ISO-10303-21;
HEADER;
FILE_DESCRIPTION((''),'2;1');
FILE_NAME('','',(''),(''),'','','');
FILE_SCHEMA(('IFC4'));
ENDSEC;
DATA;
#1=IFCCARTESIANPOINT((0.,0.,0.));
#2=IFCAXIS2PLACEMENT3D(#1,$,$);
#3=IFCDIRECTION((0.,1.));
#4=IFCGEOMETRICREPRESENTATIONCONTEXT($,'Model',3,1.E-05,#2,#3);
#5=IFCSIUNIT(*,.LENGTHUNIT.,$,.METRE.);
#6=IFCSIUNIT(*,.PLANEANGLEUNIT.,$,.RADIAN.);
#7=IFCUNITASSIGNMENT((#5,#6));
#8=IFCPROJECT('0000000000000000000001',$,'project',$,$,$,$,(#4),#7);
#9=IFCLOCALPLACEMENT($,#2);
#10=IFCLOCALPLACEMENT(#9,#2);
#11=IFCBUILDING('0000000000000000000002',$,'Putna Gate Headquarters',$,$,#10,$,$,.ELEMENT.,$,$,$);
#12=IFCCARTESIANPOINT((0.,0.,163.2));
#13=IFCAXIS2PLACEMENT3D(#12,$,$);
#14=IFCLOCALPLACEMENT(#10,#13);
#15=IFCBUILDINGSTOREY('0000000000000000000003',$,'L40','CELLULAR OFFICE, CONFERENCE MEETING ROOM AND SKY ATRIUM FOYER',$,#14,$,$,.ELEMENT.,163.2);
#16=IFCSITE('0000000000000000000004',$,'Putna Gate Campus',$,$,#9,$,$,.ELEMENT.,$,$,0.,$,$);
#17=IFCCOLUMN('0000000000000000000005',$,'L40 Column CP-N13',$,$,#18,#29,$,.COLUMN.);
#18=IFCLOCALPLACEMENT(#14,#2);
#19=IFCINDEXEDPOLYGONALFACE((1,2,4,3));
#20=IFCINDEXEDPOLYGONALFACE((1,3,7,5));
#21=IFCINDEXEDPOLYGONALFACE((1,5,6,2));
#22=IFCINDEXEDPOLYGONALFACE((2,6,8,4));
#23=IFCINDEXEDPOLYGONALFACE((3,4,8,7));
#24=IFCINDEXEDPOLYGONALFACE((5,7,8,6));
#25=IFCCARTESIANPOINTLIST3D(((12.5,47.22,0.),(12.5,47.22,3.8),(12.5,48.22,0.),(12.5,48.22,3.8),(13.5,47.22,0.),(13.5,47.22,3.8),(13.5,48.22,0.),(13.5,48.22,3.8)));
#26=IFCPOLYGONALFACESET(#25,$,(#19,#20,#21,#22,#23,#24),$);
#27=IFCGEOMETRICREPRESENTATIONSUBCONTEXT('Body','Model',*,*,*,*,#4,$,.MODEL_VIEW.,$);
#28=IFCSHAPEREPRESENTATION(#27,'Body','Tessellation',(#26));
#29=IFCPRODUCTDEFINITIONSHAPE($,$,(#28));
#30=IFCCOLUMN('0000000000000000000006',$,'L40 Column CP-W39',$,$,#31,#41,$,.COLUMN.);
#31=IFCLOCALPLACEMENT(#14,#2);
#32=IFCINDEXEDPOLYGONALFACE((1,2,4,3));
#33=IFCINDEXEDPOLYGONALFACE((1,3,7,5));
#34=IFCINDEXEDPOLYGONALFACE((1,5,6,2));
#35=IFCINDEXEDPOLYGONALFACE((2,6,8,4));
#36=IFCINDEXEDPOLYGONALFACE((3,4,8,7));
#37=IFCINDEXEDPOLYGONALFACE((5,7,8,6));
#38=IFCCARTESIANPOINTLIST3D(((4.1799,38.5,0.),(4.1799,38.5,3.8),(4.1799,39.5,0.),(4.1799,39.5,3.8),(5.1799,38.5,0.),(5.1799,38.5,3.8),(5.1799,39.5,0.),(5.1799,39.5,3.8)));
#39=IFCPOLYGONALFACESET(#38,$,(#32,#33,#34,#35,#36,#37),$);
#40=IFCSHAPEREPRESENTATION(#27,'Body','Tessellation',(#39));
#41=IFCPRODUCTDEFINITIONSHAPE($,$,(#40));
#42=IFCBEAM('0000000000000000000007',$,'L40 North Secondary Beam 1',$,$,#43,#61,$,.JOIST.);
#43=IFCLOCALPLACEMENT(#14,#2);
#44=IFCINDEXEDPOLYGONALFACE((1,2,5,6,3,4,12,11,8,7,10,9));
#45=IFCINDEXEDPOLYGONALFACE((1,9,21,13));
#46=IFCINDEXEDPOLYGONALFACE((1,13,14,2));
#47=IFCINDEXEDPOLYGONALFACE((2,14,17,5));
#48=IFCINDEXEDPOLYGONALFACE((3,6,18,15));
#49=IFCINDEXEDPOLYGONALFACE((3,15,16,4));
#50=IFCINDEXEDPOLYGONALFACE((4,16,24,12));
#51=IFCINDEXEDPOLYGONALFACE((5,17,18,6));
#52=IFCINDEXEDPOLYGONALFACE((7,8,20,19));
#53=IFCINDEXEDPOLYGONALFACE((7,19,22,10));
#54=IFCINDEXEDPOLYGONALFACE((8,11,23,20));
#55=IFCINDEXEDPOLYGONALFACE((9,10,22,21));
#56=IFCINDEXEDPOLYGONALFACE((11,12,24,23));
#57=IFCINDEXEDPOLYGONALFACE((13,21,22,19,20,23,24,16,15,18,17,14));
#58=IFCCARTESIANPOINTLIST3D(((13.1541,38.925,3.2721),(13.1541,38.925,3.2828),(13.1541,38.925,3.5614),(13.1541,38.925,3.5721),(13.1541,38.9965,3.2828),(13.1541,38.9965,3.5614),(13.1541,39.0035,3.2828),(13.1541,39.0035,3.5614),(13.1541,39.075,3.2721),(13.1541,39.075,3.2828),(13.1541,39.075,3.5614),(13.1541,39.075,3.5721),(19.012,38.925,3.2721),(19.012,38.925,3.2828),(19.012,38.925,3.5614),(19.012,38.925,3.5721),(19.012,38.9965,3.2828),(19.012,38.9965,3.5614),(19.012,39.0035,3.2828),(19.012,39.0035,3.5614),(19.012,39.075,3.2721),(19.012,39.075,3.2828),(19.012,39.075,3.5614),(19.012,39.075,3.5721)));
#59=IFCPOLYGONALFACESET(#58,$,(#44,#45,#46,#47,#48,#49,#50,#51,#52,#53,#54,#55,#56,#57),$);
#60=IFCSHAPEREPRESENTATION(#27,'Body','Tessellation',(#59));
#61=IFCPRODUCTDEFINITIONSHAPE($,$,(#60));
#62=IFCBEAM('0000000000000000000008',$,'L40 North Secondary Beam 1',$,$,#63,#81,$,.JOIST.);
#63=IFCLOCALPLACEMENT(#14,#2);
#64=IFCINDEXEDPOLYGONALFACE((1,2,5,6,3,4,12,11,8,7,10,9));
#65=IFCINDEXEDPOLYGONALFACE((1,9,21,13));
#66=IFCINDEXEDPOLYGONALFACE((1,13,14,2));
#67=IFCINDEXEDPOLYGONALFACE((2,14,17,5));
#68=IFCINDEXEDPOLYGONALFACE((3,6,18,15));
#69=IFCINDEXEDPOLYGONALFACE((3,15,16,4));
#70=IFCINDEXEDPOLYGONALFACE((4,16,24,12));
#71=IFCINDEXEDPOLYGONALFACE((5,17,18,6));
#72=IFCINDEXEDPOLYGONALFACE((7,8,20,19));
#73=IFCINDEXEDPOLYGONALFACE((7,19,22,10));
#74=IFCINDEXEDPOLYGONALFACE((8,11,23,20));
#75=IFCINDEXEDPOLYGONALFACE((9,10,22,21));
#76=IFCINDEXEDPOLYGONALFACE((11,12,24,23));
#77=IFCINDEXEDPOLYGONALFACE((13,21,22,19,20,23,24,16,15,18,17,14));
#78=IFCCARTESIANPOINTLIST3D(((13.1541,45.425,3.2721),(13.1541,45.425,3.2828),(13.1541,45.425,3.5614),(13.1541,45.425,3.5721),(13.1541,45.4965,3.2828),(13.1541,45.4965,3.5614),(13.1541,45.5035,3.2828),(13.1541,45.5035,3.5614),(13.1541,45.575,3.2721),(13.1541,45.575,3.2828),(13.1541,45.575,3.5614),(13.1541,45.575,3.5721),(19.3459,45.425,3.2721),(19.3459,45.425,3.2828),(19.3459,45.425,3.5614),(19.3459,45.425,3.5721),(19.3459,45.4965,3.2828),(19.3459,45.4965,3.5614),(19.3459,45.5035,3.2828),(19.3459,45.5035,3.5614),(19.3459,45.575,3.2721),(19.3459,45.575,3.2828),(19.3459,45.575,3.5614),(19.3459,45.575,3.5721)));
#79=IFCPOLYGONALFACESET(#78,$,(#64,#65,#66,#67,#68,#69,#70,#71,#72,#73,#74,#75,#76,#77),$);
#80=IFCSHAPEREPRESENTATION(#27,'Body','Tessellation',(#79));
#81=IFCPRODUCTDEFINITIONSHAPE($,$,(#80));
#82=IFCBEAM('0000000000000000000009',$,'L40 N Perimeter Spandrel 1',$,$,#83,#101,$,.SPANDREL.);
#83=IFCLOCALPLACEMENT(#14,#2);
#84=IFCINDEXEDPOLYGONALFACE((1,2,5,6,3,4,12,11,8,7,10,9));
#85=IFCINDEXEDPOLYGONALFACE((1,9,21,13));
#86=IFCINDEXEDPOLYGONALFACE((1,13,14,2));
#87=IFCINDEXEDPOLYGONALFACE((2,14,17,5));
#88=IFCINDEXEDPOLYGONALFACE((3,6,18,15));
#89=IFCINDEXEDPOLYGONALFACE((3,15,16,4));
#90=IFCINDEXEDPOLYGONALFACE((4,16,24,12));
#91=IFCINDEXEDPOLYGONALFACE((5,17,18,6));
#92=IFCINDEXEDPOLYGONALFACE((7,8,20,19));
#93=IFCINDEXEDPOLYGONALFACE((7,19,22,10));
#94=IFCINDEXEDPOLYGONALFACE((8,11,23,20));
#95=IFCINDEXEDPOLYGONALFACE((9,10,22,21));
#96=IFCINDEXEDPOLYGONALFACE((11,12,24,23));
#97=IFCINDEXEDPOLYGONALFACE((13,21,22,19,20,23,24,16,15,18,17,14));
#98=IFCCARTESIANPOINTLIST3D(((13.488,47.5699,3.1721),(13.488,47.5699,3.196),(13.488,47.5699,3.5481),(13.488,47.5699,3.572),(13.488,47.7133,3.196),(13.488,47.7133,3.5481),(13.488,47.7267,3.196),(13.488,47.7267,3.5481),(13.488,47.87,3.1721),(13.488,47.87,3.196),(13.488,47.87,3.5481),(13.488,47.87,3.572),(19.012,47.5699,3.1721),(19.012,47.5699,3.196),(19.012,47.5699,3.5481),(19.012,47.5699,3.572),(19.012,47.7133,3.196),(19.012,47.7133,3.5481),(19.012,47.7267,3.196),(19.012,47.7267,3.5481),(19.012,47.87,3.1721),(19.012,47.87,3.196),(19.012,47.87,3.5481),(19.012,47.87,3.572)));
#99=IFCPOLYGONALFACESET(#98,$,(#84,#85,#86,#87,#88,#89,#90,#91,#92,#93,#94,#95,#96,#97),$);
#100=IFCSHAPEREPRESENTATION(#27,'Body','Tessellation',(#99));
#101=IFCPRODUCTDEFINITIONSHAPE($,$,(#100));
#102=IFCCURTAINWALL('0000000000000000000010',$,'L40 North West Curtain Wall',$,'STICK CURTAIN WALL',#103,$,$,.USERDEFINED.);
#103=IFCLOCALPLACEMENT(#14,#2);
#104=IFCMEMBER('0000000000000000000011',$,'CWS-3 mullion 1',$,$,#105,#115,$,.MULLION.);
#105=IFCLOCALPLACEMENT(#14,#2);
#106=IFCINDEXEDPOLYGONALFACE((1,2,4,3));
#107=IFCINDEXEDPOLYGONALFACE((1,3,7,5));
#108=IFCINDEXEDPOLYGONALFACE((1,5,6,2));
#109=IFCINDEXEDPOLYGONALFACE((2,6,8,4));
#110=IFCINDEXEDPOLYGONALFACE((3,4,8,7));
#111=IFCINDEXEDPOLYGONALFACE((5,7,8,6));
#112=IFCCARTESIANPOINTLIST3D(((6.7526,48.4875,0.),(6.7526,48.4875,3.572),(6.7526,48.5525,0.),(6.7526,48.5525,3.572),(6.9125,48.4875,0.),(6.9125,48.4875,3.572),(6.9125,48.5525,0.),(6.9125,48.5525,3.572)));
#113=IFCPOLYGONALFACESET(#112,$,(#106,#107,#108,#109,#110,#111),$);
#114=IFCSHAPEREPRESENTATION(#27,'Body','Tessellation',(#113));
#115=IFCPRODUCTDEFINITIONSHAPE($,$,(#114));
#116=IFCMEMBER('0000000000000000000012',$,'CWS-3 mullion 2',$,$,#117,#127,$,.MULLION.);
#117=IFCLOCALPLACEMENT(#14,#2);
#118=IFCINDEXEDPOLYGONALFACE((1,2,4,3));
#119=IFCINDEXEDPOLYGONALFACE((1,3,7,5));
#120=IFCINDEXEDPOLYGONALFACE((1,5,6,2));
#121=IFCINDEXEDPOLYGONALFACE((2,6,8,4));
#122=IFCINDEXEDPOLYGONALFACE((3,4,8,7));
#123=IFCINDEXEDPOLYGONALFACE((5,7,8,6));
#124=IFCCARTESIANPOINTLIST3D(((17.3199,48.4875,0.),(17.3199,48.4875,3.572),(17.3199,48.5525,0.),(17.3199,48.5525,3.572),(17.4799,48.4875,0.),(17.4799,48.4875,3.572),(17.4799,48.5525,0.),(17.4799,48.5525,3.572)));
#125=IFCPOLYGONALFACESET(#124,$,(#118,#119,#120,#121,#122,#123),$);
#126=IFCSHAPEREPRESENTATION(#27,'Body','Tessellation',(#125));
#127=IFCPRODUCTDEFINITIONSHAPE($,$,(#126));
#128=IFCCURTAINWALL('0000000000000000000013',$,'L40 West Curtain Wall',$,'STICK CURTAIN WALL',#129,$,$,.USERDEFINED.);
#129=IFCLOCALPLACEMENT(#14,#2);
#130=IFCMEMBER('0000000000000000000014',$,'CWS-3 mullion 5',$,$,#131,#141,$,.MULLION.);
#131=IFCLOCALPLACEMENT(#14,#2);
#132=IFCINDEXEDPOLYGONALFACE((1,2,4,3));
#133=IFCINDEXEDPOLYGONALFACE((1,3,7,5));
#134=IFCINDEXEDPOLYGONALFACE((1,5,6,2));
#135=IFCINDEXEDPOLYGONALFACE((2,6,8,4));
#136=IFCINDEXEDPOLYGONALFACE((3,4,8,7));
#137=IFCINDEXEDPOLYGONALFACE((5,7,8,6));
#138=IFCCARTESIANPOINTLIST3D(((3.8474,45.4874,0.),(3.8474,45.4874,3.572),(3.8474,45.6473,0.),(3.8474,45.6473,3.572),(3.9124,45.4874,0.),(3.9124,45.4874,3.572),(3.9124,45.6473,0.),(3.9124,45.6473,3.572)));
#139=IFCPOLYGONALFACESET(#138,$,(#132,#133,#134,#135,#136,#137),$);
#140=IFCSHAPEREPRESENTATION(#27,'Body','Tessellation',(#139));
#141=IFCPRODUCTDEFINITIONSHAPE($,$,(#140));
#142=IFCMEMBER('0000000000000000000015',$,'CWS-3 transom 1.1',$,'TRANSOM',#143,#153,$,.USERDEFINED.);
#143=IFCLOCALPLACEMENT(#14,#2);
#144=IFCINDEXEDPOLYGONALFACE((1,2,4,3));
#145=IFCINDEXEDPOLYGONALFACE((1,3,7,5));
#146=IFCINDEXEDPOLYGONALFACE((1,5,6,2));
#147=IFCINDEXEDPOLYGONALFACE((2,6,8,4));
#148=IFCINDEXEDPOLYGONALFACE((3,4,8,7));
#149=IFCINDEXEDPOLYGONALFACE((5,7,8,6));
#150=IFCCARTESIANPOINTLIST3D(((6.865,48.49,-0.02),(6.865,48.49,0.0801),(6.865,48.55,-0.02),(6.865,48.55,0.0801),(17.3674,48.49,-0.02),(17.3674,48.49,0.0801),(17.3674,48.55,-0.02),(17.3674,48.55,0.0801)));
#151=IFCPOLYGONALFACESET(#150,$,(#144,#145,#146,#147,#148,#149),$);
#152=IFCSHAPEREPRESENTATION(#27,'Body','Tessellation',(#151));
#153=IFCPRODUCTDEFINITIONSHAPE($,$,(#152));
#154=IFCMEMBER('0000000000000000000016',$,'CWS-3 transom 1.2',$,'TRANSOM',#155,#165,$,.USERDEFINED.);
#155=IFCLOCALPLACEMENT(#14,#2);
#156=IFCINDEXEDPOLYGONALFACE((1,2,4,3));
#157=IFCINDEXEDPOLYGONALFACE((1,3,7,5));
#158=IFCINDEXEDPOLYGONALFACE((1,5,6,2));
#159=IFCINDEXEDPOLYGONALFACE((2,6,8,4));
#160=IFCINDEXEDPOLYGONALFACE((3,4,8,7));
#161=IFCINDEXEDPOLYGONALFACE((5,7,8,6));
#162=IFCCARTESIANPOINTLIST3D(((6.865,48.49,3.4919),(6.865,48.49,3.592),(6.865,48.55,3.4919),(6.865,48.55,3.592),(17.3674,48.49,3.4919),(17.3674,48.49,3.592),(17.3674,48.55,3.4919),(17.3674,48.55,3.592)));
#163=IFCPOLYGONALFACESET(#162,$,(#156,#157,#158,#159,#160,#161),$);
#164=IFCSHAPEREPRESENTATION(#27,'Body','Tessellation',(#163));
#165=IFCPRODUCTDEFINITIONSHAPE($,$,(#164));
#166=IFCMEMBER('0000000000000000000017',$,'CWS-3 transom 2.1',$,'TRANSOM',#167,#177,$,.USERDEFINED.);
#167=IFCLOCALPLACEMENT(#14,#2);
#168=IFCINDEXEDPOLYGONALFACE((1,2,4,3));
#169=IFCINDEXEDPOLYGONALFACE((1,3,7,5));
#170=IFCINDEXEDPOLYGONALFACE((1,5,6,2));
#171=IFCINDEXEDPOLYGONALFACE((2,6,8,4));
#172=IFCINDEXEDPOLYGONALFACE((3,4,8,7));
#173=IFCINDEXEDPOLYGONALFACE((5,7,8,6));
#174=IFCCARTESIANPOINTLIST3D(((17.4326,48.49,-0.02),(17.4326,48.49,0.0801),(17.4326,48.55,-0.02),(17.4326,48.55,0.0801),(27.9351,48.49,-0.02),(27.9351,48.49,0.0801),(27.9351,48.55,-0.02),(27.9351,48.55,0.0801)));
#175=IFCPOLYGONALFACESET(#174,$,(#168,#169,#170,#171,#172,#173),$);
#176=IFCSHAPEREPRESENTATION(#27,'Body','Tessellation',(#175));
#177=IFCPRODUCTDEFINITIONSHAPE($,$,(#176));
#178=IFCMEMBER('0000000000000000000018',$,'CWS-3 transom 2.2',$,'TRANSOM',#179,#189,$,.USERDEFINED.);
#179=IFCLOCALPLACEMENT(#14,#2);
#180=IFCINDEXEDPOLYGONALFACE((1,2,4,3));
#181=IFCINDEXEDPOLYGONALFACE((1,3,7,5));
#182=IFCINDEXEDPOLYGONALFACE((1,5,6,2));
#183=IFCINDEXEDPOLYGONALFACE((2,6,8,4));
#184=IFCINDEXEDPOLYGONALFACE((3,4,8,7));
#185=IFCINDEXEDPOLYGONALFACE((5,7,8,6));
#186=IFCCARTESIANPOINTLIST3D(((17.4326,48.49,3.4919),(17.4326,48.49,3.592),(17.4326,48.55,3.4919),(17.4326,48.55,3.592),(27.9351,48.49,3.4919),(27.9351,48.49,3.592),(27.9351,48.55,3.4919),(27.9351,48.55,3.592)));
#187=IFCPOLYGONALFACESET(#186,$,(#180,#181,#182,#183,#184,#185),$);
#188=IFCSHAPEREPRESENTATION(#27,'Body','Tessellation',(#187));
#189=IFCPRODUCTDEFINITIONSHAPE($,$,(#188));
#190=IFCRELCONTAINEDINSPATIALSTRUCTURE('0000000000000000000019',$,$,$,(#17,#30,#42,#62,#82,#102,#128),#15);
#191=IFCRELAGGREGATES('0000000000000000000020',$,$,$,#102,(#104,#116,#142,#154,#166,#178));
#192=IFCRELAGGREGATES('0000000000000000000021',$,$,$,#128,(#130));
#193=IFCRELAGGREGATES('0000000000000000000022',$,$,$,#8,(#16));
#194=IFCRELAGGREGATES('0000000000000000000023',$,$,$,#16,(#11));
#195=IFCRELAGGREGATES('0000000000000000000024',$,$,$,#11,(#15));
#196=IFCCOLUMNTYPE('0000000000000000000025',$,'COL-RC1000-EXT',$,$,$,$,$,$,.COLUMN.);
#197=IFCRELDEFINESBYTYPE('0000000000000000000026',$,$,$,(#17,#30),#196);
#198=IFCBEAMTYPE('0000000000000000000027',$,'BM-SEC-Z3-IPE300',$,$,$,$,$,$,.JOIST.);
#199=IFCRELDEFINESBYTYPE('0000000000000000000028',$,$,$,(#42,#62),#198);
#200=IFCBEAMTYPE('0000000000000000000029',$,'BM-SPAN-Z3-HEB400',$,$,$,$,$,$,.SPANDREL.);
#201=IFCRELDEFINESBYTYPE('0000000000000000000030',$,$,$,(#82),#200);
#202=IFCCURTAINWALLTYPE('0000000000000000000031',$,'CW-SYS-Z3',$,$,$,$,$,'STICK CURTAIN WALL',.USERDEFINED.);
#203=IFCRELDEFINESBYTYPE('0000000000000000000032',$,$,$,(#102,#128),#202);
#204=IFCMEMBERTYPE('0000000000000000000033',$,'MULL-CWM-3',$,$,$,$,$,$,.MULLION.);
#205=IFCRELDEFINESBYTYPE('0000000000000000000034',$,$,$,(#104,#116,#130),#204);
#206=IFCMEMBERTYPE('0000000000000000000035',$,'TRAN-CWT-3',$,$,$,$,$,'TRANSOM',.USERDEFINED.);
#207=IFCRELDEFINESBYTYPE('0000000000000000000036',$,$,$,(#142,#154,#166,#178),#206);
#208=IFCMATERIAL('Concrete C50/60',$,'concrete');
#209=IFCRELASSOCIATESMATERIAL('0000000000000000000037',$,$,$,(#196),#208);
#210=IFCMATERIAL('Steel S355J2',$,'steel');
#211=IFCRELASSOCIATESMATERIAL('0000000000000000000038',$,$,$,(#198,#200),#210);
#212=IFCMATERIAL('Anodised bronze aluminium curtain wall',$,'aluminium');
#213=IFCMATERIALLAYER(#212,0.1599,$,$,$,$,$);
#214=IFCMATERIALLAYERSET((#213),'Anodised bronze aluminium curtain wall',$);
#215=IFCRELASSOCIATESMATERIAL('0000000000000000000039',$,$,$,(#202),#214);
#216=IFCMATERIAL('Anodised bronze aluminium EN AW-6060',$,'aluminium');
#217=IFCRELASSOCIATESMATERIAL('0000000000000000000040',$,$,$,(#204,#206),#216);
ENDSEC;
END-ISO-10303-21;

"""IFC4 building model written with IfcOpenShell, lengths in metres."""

from ifc_helpers import new_model, si_unit, direction, frame, origin, origin_2d, place, context, subcontext, project, spatial, rectangle, i_section, extrude, material, layer, layer_set, material_profile, profile_set, type_object, element, aggregate, save


model = new_model("IFC4")

# Units and contexts
model_context = context("Model", 3, precision=1e-05, world=origin(), true_north=direction((0.0, 1.0)))
body_context = subcontext(model_context, "Body", "Model", "MODEL_VIEW")
ifc_project = project(units=[si_unit("LENGTHUNIT", "METRE"), si_unit("PLANEANGLEUNIT", "RADIAN")], contexts=[model_context])

# Site, building, storey
site_placement = place(None, origin())
site = spatial("IfcSite", under=ifc_project, at=site_placement, Name="Putna Gate Campus", CompositionType="ELEMENT", RefElevation=0.0)
building_placement = place(site_placement, origin())
building = spatial("IfcBuilding", under=site, at=building_placement, Name="Putna Gate Headquarters", CompositionType="ELEMENT")
storey_placement = place(building_placement, frame((0.0, 0.0, 163.2)))
storey = spatial("IfcBuildingStorey", under=building, at=storey_placement, Name="L40", Description="CELLULAR OFFICE, CONFERENCE MEETING ROOM AND SKY ATRIUM FOYER", CompositionType="ELEMENT", Elevation=163.2)

# Columns
ifc_material_1 = material(Name="Concrete C50/60", Category="concrete")
ifc_material_profile_1 = material_profile(ifc_material_1, rectangle(XDim=1.0, YDim=1.0, at=origin_2d()), Name="Concrete C50/60")
ifc_profile_set_1 = profile_set([ifc_material_profile_1], Name="Concrete C50/60")
column_type = type_object("IfcColumnType", Name="COL-RC1000-EXT", PredefinedType="COLUMN", material=ifc_profile_set_1)
for number, where, z_axis, x_axis, name in (
    (1, (13.0, 47.72, 0.0), (0.0, 0.0, 1.0), (1.0, 0.0, 0.0), "L40 Column CP-N13"),
    (2, (4.6799, 39.0, 0.0), (0.0, 0.0, 1.0), (1.0, 0.0, 0.0), "L40 Column CP-W39"),
):
    element("IfcColumn", number, at=place(storey_placement, frame(where, z_axis=z_axis, x_axis=x_axis)), inside=storey, type_object=column_type, Name=name, PredefinedType="COLUMN", context=body_context, shape_type="SweptSolid", body=[
        extrude(rectangle(XDim=1.0, YDim=1.0, at=origin_2d()), origin(), (0.0, 0.0, 1.0), 3.8),
    ])

# Beams
ifc_material_2 = material(Name="Steel S355J2", Category="steel")
ifc_material_profile_2 = material_profile(ifc_material_2, i_section(OverallWidth=0.1499, OverallDepth=0.3, WebThickness=0.0071, FlangeThickness=0.0107, at=origin_2d()), Name="Steel S355J2")
ifc_profile_set_2 = profile_set([ifc_material_profile_2], Name="Steel S355J2")
beam_type_1 = type_object("IfcBeamType", Name="BM-SEC-Z3-IPE300", PredefinedType="JOIST", material=ifc_profile_set_2)
beam_1_placement = place(storey_placement, frame((13.1541, 39.0, 3.4221), z_axis=(1.0, 0.0, 0.0), x_axis=(0.0, 1.0, 0.0)))
element("IfcBeam", 3, at=beam_1_placement, inside=storey, type_object=beam_type_1, Name="L40 North Secondary Beam 1", PredefinedType="JOIST", context=body_context, shape_type="SweptSolid", body=[
    extrude(i_section(OverallWidth=0.1499, OverallDepth=0.3, WebThickness=0.0071, FlangeThickness=0.0107, at=origin_2d()), origin(), (0.0, 0.0, 1.0), 5.8579),
])
beam_2_placement = place(storey_placement, frame((13.1541, 45.5, 3.4221), z_axis=(1.0, 0.0, 0.0), x_axis=(0.0, 1.0, 0.0)))
element("IfcBeam", 4, at=beam_2_placement, inside=storey, type_object=beam_type_1, Name="L40 North Secondary Beam 1", PredefinedType="JOIST", context=body_context, shape_type="SweptSolid", body=[
    extrude(i_section(OverallWidth=0.1499, OverallDepth=0.3, WebThickness=0.0071, FlangeThickness=0.0107, at=origin_2d()), origin(), (0.0, 0.0, 1.0), 6.1919),
])
ifc_material_profile_3 = material_profile(ifc_material_2, i_section(OverallWidth=0.3, OverallDepth=0.3999, WebThickness=0.0134, FlangeThickness=0.0239, at=origin_2d()), Name="Steel S355J2")
ifc_profile_set_3 = profile_set([ifc_material_profile_3], Name="Steel S355J2")
beam_type_2 = type_object("IfcBeamType", Name="BM-SPAN-Z3-HEB400", PredefinedType="SPANDREL", material=ifc_profile_set_3)
beam_3_placement = place(storey_placement, frame((13.488, 47.72, 3.3721), z_axis=(1.0, 0.0, 0.0), x_axis=(0.0, 1.0, 0.0)))
element("IfcBeam", 5, at=beam_3_placement, inside=storey, type_object=beam_type_2, Name="L40 N Perimeter Spandrel 1", PredefinedType="SPANDREL", context=body_context, shape_type="SweptSolid", body=[
    extrude(i_section(OverallWidth=0.3, OverallDepth=0.3999, WebThickness=0.0134, FlangeThickness=0.0239, at=origin_2d()), origin(), (0.0, 0.0, 1.0), 5.5239),
])

# Curtain wall, members
ifc_material_3 = material(Name="Anodised bronze aluminium curtain wall", Category="aluminium")
ifc_layer_1 = layer(ifc_material_3, 0.1599)
ifc_layer_set_1 = layer_set([ifc_layer_1], Name="Anodised bronze aluminium curtain wall")
curtain_wall_type = type_object("IfcCurtainWallType", Name="CW-SYS-Z3", ElementType="STICK CURTAIN WALL", PredefinedType="USERDEFINED", material=ifc_layer_set_1)
curtain_wall_1_placement = place(storey_placement, origin())
curtain_wall_1 = element("IfcCurtainWall", 6, at=curtain_wall_1_placement, inside=storey, type_object=curtain_wall_type, Name="L40 North West Curtain Wall", ObjectType="STICK CURTAIN WALL", PredefinedType="USERDEFINED")
ifc_material_4 = material(Name="Anodised bronze aluminium EN AW-6060", Category="aluminium")
ifc_material_profile_4 = material_profile(ifc_material_4, rectangle(XDim=0.0649, YDim=0.1599, at=origin_2d()), Name="Anodised bronze aluminium EN AW-6060")
ifc_profile_set_4 = profile_set([ifc_material_profile_4], Name="Anodised bronze aluminium EN AW-6060")
member_type_1 = type_object("IfcMemberType", Name="MULL-CWM-3", PredefinedType="MULLION", material=ifc_profile_set_4)
member_1_placement = place(storey_placement, frame((6.8325, 48.52, 0.0), z_axis=(0.0, 0.0, 1.0), x_axis=(0.0, 1.0, 0.0)))
member_1 = element("IfcMember", 7, at=member_1_placement, type_object=member_type_1, Name="CWS-3 mullion 1", PredefinedType="MULLION", context=body_context, shape_type="SweptSolid", body=[
    extrude(rectangle(XDim=0.0649, YDim=0.1599, at=origin_2d()), origin(), (0.0, 0.0, 1.0), 3.572),
])
member_2_placement = place(storey_placement, frame((17.3999, 48.52, 0.0), z_axis=(0.0, 0.0, 1.0), x_axis=(0.0, 1.0, 0.0)))
member_2 = element("IfcMember", 8, at=member_2_placement, type_object=member_type_1, Name="CWS-3 mullion 2", PredefinedType="MULLION", context=body_context, shape_type="SweptSolid", body=[
    extrude(rectangle(XDim=0.0649, YDim=0.1599, at=origin_2d()), origin(), (0.0, 0.0, 1.0), 3.572),
])

# Curtain wall, member
curtain_wall_2_placement = place(storey_placement, origin())
curtain_wall_2 = element("IfcCurtainWall", 9, at=curtain_wall_2_placement, inside=storey, type_object=curtain_wall_type, Name="L40 West Curtain Wall", ObjectType="STICK CURTAIN WALL", PredefinedType="USERDEFINED")
member_3_placement = place(storey_placement, frame((3.8799, 45.5674, 0.0), z_axis=(0.0, 0.0, 1.0), x_axis=(-1.0, 0.0, 0.0)))
member_3 = element("IfcMember", 10, at=member_3_placement, type_object=member_type_1, Name="CWS-3 mullion 5", PredefinedType="MULLION", context=body_context, shape_type="SweptSolid", body=[
    extrude(rectangle(XDim=0.0649, YDim=0.1599, at=origin_2d()), origin(), (0.0, 0.0, 1.0), 3.572),
])

# Members
ifc_material_profile_5 = material_profile(ifc_material_4, rectangle(XDim=0.0601, YDim=0.1001, at=origin_2d()), Name="Anodised bronze aluminium EN AW-6060")
ifc_profile_set_5 = profile_set([ifc_material_profile_5], Name="Anodised bronze aluminium EN AW-6060")
member_type_2 = type_object("IfcMemberType", Name="TRAN-CWT-3", ElementType="TRANSOM", PredefinedType="USERDEFINED", material=ifc_profile_set_5)
member_4_placement = place(storey_placement, frame((6.865, 48.52, 0.03), z_axis=(1.0, 0.0, 0.0), x_axis=(0.0, 1.0, 0.0)))
member_4 = element("IfcMember", 11, at=member_4_placement, type_object=member_type_2, Name="CWS-3 transom 1.1", ObjectType="TRANSOM", PredefinedType="USERDEFINED", context=body_context, shape_type="SweptSolid", body=[
    extrude(rectangle(XDim=0.0601, YDim=0.1001, at=origin_2d()), origin(), (0.0, 0.0, 1.0), 10.5024),
])
member_5_placement = place(storey_placement, frame((6.865, 48.52, 3.542), z_axis=(1.0, 0.0, 0.0), x_axis=(0.0, 1.0, 0.0)))
member_5 = element("IfcMember", 12, at=member_5_placement, type_object=member_type_2, Name="CWS-3 transom 1.2", ObjectType="TRANSOM", PredefinedType="USERDEFINED", context=body_context, shape_type="SweptSolid", body=[
    extrude(rectangle(XDim=0.0601, YDim=0.1001, at=origin_2d()), origin(), (0.0, 0.0, 1.0), 10.5024),
])
member_6_placement = place(storey_placement, frame((17.4326, 48.52, 0.03), z_axis=(1.0, 0.0, 0.0), x_axis=(0.0, 1.0, 0.0)))
member_6 = element("IfcMember", 13, at=member_6_placement, type_object=member_type_2, Name="CWS-3 transom 2.1", ObjectType="TRANSOM", PredefinedType="USERDEFINED", context=body_context, shape_type="SweptSolid", body=[
    extrude(rectangle(XDim=0.0601, YDim=0.1001, at=origin_2d()), origin(), (0.0, 0.0, 1.0), 10.5024),
])
member_7_placement = place(storey_placement, frame((17.4326, 48.52, 3.542), z_axis=(1.0, 0.0, 0.0), x_axis=(0.0, 1.0, 0.0)))
member_7 = element("IfcMember", 14, at=member_7_placement, type_object=member_type_2, Name="CWS-3 transom 2.2", ObjectType="TRANSOM", PredefinedType="USERDEFINED", context=body_context, shape_type="SweptSolid", body=[
    extrude(rectangle(XDim=0.0601, YDim=0.1001, at=origin_2d()), origin(), (0.0, 0.0, 1.0), 10.5024),
])

aggregate(curtain_wall_1, [member_1, member_2, member_4, member_5, member_6, member_7])
aggregate(curtain_wall_2, [member_3])

save(model, "model.ifc")
